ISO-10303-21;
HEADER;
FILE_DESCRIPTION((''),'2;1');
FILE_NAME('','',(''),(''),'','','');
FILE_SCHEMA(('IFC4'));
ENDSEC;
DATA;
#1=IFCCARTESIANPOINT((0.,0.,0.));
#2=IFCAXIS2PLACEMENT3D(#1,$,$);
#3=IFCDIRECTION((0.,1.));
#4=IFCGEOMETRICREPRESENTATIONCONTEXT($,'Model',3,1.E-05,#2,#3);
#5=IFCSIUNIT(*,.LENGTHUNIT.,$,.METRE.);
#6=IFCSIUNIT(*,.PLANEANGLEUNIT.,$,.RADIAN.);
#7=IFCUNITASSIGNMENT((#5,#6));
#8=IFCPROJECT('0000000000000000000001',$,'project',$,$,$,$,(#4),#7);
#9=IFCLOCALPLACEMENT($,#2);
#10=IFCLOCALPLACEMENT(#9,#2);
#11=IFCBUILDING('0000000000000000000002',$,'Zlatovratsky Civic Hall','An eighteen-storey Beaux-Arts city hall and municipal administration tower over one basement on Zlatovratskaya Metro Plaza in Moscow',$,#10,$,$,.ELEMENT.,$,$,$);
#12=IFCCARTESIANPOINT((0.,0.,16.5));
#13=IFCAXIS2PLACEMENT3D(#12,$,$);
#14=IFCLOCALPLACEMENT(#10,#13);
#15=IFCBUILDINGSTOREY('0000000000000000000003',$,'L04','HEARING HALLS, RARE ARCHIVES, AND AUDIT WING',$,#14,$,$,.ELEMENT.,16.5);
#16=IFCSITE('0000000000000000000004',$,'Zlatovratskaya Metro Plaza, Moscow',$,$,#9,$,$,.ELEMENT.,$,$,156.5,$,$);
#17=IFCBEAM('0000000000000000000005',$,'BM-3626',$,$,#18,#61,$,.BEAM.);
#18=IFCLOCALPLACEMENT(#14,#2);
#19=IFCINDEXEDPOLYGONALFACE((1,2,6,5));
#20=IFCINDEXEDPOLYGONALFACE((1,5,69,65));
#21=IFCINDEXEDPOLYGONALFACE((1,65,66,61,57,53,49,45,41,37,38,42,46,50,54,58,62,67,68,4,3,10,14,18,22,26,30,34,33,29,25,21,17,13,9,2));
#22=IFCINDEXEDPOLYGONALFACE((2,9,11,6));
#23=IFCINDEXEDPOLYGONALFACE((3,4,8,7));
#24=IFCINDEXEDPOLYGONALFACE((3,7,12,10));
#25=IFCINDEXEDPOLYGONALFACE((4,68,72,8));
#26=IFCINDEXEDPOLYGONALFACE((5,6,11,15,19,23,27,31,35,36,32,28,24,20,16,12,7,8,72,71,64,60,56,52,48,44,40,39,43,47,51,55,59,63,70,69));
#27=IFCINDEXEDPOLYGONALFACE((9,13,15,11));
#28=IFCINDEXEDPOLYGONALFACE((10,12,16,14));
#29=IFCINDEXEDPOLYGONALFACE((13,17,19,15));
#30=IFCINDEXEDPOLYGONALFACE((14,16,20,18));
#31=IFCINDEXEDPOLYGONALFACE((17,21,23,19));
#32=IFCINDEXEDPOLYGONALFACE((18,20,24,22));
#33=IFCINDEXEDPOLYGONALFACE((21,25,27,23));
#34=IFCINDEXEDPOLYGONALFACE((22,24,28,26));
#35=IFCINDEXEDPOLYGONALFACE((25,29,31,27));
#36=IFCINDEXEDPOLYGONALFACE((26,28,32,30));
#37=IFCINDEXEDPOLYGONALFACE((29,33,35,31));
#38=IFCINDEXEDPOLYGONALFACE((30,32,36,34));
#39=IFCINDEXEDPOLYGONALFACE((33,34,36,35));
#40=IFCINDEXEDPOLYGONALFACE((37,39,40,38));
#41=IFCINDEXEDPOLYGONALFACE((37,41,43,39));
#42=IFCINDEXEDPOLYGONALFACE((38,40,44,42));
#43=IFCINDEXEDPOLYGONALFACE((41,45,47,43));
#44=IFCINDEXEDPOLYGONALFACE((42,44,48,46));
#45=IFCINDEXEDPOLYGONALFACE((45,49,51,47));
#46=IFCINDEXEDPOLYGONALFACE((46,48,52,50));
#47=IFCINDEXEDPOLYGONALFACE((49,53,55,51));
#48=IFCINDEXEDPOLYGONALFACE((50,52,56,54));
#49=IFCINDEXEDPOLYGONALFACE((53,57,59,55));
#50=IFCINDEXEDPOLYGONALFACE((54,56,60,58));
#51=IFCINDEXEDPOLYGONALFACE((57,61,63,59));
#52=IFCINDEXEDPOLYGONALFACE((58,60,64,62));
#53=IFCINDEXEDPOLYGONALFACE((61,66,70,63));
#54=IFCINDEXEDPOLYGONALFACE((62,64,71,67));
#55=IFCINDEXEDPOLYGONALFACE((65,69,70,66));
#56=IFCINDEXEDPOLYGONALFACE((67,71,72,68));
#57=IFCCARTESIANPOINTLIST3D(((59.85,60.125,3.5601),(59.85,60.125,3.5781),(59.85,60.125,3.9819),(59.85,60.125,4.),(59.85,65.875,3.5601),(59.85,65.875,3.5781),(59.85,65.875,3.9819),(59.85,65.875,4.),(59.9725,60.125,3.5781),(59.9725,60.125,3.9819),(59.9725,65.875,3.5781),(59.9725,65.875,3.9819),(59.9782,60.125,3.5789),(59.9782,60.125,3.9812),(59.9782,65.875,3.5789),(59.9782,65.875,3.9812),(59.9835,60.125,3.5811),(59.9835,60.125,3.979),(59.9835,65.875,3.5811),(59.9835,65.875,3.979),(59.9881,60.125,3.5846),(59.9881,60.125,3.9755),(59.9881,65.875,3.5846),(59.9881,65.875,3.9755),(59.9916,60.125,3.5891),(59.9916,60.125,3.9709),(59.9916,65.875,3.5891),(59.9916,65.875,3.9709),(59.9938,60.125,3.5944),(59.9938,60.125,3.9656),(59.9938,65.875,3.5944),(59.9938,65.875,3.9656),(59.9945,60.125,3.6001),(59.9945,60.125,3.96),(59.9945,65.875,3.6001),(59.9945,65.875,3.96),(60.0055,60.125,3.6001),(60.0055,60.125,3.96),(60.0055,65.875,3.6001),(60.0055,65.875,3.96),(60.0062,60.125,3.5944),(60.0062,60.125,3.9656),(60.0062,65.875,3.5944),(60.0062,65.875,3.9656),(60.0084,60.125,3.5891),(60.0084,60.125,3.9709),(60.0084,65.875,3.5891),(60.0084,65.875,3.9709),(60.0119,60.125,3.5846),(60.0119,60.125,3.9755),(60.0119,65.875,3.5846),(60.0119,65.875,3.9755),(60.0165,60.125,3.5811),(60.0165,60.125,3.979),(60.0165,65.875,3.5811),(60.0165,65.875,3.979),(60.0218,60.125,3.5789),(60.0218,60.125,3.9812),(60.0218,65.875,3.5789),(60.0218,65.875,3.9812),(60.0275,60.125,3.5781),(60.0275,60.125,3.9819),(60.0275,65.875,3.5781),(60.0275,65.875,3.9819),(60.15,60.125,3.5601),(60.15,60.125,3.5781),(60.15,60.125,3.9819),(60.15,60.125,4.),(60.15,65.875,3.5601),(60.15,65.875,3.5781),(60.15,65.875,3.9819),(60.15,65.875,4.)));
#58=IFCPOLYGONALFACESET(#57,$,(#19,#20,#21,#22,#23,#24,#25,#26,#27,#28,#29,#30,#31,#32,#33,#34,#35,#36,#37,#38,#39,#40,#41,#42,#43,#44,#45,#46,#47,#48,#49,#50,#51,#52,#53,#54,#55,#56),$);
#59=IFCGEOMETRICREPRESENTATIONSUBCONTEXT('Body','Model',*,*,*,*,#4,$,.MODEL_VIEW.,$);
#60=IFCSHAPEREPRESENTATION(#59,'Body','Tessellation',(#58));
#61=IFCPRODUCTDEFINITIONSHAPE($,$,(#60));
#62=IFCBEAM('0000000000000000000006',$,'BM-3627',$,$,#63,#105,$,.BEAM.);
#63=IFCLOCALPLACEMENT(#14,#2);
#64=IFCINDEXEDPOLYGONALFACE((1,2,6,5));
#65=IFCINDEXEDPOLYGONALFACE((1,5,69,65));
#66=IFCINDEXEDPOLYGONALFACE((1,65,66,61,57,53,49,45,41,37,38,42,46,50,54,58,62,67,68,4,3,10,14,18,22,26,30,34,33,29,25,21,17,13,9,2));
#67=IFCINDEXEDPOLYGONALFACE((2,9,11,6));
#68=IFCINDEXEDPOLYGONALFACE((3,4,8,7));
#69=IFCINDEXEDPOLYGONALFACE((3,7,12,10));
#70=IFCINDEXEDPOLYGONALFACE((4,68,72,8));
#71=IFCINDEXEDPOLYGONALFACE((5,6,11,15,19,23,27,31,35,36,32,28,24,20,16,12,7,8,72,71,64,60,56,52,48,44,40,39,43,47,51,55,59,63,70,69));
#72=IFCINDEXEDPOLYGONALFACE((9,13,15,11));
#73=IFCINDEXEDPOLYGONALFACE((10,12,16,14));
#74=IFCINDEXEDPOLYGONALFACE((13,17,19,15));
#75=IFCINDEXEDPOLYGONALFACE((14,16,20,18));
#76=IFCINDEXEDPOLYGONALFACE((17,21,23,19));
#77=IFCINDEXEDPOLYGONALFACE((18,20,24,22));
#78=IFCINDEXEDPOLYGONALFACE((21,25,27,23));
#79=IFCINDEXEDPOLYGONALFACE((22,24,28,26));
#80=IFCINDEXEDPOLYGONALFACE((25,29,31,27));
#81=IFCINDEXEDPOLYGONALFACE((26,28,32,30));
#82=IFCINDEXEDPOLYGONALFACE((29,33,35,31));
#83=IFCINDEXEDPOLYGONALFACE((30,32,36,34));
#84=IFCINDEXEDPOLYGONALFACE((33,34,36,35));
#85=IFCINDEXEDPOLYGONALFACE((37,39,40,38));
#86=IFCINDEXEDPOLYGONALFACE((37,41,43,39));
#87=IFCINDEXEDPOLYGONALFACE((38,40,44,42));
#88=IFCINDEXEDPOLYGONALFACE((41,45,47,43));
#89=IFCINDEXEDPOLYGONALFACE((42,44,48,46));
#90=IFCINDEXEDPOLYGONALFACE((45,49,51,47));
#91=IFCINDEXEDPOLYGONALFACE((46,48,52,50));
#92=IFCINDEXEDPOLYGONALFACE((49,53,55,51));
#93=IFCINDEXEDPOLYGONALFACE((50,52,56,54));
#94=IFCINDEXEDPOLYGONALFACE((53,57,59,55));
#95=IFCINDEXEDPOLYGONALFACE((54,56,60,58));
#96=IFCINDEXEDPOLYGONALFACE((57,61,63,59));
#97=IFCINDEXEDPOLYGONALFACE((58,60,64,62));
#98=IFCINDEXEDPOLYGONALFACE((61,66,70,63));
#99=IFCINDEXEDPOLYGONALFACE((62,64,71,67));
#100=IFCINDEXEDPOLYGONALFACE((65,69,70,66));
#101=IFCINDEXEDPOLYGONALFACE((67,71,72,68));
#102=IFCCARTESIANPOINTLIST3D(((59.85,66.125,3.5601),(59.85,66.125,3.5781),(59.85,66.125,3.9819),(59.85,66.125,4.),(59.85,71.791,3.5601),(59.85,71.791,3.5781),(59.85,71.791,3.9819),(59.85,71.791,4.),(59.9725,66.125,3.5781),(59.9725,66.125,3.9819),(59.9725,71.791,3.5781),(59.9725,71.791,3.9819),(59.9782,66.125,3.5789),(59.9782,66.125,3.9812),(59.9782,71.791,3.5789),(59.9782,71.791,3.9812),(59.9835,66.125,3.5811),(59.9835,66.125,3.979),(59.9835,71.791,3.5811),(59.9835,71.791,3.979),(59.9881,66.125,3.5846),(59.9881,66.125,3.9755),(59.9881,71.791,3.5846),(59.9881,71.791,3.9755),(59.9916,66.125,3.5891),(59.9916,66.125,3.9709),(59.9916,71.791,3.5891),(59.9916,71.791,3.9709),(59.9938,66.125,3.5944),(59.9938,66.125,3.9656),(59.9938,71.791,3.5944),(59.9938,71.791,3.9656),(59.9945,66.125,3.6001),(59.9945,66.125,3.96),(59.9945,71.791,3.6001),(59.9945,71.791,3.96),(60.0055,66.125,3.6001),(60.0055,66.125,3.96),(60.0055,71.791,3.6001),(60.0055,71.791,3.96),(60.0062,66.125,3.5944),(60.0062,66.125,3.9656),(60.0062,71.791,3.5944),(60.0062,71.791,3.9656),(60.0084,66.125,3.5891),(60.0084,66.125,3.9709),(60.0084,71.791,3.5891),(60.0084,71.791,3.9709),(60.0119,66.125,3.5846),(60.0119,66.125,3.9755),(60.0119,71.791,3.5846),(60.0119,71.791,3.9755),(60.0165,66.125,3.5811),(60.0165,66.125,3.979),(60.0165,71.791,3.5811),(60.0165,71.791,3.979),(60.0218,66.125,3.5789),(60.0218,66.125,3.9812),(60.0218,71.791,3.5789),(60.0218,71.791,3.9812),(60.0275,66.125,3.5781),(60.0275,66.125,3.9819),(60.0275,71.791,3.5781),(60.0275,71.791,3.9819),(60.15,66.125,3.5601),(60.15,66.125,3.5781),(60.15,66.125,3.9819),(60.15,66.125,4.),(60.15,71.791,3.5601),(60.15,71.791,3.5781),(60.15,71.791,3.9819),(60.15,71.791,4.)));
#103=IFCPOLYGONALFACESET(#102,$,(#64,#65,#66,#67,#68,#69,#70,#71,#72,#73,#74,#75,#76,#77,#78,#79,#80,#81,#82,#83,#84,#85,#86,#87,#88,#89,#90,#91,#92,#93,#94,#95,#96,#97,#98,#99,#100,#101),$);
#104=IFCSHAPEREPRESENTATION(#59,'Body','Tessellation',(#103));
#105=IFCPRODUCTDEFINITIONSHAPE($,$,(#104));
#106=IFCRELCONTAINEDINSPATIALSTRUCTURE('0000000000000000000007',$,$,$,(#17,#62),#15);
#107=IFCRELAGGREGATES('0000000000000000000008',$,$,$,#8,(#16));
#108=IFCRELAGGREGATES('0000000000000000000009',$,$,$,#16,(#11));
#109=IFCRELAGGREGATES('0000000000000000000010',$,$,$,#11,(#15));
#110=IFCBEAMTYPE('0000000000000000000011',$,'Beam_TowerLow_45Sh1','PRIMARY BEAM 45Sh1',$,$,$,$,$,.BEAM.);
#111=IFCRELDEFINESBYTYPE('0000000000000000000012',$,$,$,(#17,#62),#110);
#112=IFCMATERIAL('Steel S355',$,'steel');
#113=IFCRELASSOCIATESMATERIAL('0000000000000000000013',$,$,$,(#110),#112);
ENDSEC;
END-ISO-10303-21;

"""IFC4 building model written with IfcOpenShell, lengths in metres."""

from ifc_helpers import new_model, si_unit, direction, frame, origin, origin_2d, place, context, subcontext, project, spatial, i_section, extrude, material, material_profile, profile_set, type_object, element, save


model = new_model("IFC4")

# Units and contexts
model_context = context("Model", 3, precision=1e-05, world=origin(), true_north=direction((0.0, 1.0)))
body_context = subcontext(model_context, "Body", "Model", "MODEL_VIEW")
ifc_project = project(units=[si_unit("LENGTHUNIT", "METRE"), si_unit("PLANEANGLEUNIT", "RADIAN")], contexts=[model_context])

# Site, building, storey
site_placement = place(None, origin())
site = spatial("IfcSite", under=ifc_project, at=site_placement, Name="Zlatovratskaya Metro Plaza, Moscow", CompositionType="ELEMENT", RefElevation=156.5)
building_placement = place(site_placement, origin())
building = spatial("IfcBuilding", under=site, at=building_placement, Name="Zlatovratsky Civic Hall", Description="An eighteen-storey Beaux-Arts city hall and municipal administration tower over one basement on Zlatovratskaya Metro Plaza in Moscow", CompositionType="ELEMENT")
storey_placement = place(building_placement, frame((0.0, 0.0, 16.5)))
storey = spatial("IfcBuildingStorey", under=building, at=storey_placement, Name="L04", Description="HEARING HALLS, RARE ARCHIVES, AND AUDIT WING", CompositionType="ELEMENT", Elevation=16.5)

# Shared definitions
ifc_material_1 = material(Name="Steel S355", Category="steel")

# Beams
ifc_material_profile_1 = material_profile(ifc_material_1, i_section(OverallWidth=0.3, OverallDepth=0.4399, WebThickness=0.011, FlangeThickness=0.0181, FilletRadius=0.022, at=origin_2d()), Name="45Sh1")
ifc_profile_set_1 = profile_set([ifc_material_profile_1], Name="Steel S355")
beam_type_1 = type_object("IfcBeamType", Name="Beam_TowerLow_45Sh1", Description="PRIMARY BEAM 45Sh1", PredefinedType="BEAM", material=ifc_profile_set_1)
beam_1_placement = place(storey_placement, frame((60.0, 60.125, 3.78), z_axis=(0.0, 1.0, 0.0), x_axis=(-1.0, 0.0, 0.0)))
element("IfcBeam", 1, at=beam_1_placement, inside=storey, type_object=beam_type_1, Name="BM-3626", PredefinedType="BEAM", context=body_context, shape_type="SweptSolid", body=[
    extrude(i_section(OverallWidth=0.3, OverallDepth=0.4399, WebThickness=0.011, FlangeThickness=0.0181, FilletRadius=0.022, at=origin_2d()), origin(), (0.0, 0.0, 1.0), 5.75),
])
beam_2_placement = place(storey_placement, frame((60.0, 66.125, 3.78), z_axis=(0.0, 1.0, 0.0), x_axis=(-1.0, 0.0, 0.0)))
element("IfcBeam", 2, at=beam_2_placement, inside=storey, type_object=beam_type_1, Name="BM-3627", PredefinedType="BEAM", context=body_context, shape_type="SweptSolid", body=[
    extrude(i_section(OverallWidth=0.3, OverallDepth=0.4399, WebThickness=0.011, FlangeThickness=0.0181, FilletRadius=0.022, at=origin_2d()), origin(), (0.0, 0.0, 1.0), 5.666),
])

save(model, "model.ifc")
